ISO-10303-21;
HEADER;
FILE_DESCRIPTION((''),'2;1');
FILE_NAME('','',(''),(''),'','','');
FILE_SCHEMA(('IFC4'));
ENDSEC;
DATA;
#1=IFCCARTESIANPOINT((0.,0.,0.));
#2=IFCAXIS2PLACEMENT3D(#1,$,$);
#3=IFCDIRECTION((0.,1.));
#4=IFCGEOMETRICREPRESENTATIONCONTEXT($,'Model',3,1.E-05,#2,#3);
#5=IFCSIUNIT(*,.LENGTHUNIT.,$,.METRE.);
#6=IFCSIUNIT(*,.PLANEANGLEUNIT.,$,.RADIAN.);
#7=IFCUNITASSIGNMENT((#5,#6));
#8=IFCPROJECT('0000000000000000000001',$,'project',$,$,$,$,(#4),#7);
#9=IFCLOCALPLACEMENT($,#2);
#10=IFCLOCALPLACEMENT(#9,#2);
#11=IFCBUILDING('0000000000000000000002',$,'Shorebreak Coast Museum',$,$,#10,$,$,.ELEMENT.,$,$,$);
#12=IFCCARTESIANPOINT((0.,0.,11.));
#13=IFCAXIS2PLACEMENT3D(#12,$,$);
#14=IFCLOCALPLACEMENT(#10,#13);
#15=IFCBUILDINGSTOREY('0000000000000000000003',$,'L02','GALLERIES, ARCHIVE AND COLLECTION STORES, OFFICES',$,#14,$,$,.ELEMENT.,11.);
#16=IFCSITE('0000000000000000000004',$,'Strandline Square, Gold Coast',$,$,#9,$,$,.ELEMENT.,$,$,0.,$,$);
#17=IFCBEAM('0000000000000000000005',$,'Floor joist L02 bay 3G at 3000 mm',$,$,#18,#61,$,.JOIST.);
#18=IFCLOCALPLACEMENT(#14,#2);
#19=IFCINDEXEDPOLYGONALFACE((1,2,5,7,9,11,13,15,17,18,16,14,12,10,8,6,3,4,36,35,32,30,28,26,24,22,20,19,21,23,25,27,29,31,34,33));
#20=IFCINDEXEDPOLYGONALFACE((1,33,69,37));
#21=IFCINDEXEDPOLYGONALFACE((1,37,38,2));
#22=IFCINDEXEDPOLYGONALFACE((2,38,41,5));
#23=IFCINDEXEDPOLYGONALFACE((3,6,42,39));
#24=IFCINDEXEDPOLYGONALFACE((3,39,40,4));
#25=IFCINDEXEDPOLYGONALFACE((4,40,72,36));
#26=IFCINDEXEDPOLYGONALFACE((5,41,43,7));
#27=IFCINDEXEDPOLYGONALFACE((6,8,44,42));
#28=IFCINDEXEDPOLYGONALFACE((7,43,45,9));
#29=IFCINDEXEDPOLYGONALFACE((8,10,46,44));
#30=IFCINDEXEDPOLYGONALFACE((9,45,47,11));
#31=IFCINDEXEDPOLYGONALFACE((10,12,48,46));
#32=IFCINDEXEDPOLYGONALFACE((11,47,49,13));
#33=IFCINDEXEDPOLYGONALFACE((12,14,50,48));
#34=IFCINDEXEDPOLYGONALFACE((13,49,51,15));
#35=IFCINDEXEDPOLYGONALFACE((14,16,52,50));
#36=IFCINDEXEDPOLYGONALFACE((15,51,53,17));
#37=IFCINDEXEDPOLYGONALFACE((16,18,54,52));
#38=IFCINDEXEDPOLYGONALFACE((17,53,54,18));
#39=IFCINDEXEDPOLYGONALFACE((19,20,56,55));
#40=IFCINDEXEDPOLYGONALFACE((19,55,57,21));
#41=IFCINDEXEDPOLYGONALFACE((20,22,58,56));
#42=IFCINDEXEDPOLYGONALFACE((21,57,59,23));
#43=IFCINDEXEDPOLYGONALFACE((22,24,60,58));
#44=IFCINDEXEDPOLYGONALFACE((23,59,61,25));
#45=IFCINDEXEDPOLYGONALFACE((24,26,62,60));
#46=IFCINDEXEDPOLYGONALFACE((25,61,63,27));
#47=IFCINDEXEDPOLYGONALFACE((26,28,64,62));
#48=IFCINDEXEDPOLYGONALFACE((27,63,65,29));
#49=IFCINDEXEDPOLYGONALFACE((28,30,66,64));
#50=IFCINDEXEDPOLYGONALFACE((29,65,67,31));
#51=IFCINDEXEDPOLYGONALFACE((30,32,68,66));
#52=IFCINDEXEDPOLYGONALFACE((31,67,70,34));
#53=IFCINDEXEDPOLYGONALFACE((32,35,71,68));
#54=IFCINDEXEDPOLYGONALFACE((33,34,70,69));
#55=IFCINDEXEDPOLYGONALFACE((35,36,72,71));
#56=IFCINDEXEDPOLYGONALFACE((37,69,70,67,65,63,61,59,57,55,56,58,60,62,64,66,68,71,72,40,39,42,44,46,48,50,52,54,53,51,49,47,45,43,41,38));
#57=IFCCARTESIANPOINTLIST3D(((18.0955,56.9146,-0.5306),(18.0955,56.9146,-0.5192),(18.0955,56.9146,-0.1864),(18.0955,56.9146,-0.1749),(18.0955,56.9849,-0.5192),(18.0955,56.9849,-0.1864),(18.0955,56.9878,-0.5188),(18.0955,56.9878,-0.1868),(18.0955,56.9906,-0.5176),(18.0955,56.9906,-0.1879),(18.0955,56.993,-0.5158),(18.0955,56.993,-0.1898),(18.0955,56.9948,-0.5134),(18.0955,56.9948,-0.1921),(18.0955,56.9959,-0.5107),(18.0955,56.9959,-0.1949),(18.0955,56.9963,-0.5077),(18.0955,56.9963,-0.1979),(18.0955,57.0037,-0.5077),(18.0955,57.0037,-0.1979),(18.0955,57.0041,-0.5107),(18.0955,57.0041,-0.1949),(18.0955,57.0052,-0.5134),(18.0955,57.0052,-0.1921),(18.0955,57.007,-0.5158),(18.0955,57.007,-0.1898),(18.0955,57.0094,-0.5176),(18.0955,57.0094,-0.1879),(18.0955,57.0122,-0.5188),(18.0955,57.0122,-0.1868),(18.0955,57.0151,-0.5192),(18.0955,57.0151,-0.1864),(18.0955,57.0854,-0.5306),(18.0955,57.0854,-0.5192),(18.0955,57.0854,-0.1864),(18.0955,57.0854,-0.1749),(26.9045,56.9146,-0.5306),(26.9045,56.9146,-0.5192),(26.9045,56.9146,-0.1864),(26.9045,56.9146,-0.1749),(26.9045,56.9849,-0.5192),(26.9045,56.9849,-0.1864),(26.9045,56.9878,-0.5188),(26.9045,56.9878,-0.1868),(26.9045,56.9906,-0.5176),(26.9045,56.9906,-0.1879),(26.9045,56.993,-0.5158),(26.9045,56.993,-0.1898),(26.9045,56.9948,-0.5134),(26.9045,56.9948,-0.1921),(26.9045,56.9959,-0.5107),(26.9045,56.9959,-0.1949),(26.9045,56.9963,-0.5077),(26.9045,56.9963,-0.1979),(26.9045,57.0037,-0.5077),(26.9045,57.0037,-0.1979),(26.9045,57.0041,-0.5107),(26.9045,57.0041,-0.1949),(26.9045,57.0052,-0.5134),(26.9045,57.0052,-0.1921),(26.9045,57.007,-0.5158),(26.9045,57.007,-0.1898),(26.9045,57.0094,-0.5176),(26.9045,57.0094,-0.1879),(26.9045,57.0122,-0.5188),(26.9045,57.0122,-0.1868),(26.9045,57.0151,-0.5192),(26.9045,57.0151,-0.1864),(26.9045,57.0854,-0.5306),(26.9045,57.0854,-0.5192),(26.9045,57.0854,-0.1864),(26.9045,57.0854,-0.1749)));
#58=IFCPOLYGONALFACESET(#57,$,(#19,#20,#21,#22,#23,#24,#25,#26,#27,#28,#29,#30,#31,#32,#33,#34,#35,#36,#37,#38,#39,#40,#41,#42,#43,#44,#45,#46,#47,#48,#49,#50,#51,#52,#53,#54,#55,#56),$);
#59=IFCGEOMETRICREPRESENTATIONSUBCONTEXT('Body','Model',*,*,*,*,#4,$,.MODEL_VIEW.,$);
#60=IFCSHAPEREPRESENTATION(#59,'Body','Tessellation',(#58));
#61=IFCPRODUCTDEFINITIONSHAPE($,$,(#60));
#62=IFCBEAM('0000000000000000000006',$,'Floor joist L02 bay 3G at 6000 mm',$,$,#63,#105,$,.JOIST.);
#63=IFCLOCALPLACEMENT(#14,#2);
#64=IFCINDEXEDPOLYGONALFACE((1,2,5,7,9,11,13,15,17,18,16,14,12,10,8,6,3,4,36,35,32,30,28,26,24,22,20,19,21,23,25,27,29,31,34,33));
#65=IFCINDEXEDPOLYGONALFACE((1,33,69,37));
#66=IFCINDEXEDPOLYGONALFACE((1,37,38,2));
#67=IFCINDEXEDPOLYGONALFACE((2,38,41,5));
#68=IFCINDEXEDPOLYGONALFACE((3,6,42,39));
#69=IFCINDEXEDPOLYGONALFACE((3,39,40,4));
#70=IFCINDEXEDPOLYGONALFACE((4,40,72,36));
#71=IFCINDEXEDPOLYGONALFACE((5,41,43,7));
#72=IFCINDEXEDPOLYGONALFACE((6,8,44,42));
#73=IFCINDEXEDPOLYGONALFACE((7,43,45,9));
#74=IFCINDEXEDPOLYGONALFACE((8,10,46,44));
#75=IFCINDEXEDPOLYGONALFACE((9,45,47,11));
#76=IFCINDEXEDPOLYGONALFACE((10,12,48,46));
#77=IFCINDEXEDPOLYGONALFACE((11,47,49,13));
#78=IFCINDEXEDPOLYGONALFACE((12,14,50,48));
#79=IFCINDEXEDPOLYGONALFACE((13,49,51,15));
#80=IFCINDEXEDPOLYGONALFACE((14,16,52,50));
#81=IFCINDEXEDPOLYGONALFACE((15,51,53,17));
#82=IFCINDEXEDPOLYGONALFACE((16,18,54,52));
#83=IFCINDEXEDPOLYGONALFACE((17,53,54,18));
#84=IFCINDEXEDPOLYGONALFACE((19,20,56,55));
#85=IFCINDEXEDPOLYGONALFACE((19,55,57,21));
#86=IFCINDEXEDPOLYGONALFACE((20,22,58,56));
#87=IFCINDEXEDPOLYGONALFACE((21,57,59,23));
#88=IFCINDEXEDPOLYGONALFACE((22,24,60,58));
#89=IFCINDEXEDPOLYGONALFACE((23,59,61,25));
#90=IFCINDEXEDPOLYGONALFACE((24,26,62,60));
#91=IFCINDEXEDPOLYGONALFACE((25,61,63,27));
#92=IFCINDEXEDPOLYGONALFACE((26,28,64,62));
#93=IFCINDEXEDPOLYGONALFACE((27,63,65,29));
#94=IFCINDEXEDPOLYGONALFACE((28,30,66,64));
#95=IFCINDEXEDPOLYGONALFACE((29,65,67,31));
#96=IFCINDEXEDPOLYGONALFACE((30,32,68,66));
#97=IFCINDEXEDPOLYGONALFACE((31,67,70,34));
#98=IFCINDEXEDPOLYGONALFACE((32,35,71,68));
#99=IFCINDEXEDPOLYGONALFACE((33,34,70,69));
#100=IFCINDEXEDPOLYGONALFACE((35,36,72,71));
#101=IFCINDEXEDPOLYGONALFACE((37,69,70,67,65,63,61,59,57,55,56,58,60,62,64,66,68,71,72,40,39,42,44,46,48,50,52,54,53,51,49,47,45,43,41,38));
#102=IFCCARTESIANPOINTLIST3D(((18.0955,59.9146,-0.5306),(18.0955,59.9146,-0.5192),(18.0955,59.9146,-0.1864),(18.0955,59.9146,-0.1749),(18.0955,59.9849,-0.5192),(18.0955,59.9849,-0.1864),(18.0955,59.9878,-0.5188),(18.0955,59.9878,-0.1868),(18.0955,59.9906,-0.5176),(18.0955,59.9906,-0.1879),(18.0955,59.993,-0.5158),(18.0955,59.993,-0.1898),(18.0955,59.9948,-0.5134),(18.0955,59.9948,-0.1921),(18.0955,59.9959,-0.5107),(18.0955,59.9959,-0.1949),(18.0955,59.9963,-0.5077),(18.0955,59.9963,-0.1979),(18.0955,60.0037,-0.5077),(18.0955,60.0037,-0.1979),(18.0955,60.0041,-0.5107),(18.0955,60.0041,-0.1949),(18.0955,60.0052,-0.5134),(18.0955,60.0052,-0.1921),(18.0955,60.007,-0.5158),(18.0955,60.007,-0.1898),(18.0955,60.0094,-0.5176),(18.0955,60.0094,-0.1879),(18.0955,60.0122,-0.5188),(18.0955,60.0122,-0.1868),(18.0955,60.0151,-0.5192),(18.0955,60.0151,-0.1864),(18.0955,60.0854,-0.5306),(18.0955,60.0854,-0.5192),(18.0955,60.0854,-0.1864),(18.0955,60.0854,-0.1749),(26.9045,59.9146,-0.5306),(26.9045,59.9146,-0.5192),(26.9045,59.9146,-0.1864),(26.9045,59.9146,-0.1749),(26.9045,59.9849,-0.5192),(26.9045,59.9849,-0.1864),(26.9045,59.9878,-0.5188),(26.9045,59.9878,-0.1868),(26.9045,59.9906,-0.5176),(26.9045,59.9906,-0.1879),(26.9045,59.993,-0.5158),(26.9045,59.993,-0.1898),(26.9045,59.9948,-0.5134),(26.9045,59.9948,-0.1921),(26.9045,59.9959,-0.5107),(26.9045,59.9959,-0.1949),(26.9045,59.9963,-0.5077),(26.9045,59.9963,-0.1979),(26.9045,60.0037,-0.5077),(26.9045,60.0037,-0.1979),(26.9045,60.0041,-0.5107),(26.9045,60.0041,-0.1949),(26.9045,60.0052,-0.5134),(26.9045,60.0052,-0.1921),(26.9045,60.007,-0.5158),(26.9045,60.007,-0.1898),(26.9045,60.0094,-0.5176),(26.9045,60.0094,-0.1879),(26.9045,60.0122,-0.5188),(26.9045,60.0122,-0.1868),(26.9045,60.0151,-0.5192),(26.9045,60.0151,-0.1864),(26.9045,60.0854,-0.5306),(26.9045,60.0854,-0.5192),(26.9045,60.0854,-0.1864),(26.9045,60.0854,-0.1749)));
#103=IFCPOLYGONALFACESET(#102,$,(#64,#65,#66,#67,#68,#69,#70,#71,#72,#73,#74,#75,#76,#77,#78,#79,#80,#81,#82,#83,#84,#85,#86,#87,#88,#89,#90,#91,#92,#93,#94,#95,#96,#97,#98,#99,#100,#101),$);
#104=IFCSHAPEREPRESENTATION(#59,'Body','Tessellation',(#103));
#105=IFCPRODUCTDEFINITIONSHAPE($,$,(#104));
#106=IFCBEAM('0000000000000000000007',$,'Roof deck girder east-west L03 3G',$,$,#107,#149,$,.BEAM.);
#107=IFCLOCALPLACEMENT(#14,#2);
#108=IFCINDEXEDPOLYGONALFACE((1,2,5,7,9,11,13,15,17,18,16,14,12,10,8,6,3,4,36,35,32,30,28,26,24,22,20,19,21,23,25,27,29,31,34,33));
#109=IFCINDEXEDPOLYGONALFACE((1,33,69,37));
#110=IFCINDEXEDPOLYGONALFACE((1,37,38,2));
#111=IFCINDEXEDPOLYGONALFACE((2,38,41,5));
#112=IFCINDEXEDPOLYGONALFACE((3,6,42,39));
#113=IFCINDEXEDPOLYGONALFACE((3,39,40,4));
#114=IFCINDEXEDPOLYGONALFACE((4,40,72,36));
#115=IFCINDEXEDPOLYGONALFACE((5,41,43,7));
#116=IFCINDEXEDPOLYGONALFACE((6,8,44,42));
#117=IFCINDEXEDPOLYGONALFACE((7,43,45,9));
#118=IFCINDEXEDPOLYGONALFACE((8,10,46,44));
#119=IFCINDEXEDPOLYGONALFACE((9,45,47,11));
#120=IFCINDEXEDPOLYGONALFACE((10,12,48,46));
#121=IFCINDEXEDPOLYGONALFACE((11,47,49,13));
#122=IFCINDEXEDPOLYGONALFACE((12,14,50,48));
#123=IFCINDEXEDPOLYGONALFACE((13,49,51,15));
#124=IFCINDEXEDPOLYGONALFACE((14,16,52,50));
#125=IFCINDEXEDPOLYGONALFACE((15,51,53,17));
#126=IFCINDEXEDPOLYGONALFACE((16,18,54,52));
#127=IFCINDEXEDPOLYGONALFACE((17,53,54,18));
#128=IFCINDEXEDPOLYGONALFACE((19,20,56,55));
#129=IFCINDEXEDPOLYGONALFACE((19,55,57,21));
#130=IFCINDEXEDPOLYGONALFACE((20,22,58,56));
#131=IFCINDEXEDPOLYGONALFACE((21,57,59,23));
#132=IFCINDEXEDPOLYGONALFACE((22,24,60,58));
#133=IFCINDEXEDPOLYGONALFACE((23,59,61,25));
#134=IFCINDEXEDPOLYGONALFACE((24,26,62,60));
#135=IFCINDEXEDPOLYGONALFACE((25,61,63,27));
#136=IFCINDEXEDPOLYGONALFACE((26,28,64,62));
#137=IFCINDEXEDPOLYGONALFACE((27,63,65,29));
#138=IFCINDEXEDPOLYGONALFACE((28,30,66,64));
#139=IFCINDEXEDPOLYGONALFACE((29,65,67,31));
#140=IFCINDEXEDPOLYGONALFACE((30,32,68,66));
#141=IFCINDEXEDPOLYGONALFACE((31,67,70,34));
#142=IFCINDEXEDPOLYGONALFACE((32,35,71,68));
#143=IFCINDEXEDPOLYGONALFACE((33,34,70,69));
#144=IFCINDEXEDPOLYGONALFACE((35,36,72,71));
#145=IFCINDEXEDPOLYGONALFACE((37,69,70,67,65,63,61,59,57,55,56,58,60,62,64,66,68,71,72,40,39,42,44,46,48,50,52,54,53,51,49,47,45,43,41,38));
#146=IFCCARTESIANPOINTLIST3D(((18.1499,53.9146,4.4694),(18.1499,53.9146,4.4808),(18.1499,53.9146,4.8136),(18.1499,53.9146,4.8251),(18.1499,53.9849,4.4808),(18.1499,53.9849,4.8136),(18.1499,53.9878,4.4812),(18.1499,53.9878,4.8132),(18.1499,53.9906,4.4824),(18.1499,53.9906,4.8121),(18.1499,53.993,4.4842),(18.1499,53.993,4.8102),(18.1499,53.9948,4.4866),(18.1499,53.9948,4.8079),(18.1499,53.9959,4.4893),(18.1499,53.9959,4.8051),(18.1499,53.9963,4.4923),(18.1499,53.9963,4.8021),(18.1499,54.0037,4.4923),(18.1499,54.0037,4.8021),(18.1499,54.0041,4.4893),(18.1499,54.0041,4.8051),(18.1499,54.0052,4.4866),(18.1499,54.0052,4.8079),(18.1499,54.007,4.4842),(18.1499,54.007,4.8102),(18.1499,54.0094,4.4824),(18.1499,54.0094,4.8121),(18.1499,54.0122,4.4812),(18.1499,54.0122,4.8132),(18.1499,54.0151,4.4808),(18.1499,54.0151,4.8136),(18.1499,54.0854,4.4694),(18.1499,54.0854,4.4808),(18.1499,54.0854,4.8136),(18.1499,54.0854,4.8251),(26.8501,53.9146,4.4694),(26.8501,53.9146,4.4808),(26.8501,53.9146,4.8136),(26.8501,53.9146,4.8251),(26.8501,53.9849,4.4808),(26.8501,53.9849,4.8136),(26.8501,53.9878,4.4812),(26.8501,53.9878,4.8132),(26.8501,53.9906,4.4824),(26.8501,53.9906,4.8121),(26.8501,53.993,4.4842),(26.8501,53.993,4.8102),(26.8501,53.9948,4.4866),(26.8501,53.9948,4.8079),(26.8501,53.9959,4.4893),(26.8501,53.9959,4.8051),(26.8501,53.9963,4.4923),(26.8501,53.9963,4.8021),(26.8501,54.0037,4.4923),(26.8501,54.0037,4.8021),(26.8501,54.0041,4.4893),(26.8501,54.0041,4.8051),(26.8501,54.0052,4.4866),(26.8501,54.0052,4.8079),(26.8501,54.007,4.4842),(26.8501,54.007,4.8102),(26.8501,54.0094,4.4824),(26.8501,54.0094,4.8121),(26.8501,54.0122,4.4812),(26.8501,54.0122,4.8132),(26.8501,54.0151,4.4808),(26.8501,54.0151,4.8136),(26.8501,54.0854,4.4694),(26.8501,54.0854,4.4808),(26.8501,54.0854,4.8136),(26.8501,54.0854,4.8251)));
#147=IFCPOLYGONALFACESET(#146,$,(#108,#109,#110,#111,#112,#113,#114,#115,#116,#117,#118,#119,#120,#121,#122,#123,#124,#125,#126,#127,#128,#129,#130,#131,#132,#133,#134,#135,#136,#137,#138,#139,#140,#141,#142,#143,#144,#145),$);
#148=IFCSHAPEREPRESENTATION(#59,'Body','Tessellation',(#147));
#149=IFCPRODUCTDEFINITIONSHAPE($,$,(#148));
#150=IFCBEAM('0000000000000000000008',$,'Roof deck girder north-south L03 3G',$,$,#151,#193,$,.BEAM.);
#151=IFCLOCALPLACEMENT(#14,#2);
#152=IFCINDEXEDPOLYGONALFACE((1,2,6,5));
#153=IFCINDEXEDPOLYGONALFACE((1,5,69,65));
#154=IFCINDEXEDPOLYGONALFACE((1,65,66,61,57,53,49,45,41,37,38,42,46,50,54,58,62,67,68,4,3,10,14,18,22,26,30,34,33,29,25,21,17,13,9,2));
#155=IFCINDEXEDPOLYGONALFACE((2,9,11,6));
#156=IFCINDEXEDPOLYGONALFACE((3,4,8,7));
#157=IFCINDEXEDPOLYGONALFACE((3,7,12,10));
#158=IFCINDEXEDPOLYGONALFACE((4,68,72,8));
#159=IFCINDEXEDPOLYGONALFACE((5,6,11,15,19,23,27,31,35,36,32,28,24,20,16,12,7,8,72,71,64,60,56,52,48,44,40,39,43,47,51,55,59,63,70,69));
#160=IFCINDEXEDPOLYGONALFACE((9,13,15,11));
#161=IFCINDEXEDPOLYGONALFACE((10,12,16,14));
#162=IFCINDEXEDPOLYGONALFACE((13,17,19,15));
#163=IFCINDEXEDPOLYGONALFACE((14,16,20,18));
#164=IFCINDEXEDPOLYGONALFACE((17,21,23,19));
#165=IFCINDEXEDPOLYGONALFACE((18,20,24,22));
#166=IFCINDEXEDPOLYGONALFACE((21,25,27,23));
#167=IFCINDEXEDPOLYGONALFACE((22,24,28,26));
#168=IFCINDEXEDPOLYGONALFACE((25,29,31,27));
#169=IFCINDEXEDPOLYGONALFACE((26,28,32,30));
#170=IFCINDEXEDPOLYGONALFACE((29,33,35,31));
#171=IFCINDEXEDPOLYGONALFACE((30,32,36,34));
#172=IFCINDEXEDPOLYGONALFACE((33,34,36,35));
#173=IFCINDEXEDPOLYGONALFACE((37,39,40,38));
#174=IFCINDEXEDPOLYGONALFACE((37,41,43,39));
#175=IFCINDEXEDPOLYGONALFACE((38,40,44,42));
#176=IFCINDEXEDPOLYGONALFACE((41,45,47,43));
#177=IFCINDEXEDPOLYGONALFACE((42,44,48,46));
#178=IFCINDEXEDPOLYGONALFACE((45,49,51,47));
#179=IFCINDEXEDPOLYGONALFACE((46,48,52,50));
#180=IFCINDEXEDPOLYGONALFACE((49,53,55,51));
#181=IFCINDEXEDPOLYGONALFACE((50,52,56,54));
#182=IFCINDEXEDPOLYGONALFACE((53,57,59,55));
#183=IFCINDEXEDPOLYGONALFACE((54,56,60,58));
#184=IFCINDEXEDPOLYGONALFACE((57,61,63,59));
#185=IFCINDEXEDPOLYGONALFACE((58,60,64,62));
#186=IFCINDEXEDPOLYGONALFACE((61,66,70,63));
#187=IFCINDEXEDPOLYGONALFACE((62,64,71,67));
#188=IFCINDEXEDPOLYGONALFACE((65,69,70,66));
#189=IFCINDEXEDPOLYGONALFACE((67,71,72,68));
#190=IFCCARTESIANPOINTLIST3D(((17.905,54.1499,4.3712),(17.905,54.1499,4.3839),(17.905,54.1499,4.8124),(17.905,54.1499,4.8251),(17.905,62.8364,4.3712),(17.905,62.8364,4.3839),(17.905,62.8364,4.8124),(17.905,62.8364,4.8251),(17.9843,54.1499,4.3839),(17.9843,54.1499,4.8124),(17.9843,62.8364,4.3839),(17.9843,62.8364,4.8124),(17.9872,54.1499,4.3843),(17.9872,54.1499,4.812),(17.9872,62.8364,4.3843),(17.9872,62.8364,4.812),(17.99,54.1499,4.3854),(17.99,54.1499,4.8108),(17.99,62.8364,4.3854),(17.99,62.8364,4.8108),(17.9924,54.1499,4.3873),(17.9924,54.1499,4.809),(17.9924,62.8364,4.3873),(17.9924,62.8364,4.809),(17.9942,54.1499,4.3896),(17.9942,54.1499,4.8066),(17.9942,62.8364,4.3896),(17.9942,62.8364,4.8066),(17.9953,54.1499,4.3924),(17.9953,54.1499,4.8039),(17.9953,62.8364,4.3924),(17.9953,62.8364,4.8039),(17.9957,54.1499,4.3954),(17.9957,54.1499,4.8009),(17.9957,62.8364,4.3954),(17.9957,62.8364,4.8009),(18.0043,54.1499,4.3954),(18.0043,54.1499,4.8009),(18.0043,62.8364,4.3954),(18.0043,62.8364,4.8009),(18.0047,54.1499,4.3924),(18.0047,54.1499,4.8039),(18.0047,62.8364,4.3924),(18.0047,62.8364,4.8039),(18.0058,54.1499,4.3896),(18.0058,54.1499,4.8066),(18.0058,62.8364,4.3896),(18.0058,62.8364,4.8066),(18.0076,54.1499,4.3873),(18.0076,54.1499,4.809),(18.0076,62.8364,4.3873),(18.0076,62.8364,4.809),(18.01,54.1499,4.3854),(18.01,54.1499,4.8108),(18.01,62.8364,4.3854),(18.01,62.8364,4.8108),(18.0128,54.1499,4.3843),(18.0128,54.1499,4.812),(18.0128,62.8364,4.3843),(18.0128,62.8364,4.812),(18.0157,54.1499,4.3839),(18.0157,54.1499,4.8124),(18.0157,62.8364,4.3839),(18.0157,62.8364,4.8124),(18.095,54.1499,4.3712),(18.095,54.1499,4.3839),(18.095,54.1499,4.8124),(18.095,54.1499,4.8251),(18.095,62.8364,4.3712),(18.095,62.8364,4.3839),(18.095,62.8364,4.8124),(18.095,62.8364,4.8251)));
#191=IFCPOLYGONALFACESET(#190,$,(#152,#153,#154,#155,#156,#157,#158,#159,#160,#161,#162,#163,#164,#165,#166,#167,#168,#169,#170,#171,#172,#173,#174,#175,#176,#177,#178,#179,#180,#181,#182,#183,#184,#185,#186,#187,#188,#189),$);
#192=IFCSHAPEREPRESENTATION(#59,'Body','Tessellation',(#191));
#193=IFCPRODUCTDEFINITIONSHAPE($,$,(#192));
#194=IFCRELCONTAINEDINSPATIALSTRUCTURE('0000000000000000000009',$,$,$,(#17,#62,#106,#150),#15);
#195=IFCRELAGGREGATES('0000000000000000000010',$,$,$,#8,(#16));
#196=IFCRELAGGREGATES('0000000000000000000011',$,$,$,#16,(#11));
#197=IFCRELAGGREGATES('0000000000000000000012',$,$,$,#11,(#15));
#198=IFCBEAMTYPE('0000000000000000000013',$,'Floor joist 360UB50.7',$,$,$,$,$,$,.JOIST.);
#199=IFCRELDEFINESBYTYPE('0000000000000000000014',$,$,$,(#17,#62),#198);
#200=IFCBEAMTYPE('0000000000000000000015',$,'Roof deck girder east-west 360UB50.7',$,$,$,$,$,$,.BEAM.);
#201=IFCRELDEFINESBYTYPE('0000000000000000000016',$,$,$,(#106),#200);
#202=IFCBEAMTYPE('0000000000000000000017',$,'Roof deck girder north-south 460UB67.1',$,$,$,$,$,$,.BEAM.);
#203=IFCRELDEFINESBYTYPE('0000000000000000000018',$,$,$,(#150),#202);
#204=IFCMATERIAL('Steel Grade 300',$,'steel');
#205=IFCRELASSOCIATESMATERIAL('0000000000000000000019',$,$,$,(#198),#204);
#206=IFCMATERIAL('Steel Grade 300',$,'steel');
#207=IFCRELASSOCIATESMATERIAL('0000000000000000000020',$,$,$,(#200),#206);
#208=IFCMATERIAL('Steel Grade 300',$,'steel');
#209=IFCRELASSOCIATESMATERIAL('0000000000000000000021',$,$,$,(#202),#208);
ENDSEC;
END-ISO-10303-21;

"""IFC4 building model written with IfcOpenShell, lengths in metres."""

from ifc_helpers import new_model, si_unit, direction, frame, origin, origin_2d, place, context, subcontext, project, spatial, i_section, extrude, material, material_profile, profile_set, type_object, element, save


model = new_model("IFC4")

# Units and contexts
model_context = context("Model", 3, precision=1e-05, world=origin(), true_north=direction((0.0, 1.0)))
body_context = subcontext(model_context, "Body", "Model", "MODEL_VIEW")
ifc_project = project(units=[si_unit("LENGTHUNIT", "METRE"), si_unit("PLANEANGLEUNIT", "RADIAN")], contexts=[model_context])

# Site, building, storey
site_placement = place(None, origin())
site = spatial("IfcSite", under=ifc_project, at=site_placement, Name="Strandline Square, Gold Coast", CompositionType="ELEMENT", RefElevation=0.0)
building_placement = place(site_placement, origin())
building = spatial("IfcBuilding", under=site, at=building_placement, Name="Shorebreak Coast Museum", CompositionType="ELEMENT")
storey_placement = place(building_placement, frame((0.0, 0.0, 11.0)))
storey = spatial("IfcBuildingStorey", under=building, at=storey_placement, Name="L02", Description="GALLERIES, ARCHIVE AND COLLECTION STORES, OFFICES", CompositionType="ELEMENT", Elevation=11.0)

# Beams
ifc_material_1 = material(Name="Steel Grade 300", Category="steel")
ifc_material_profile_1 = material_profile(ifc_material_1, i_section(OverallWidth=0.1709, OverallDepth=0.3557, WebThickness=0.0073, FlangeThickness=0.0115, FilletRadius=0.0115, at=origin_2d()), Name="360UB50.7")
ifc_profile_set_1 = profile_set([ifc_material_profile_1], Name="Steel Grade 300")
beam_type_1 = type_object("IfcBeamType", Name="Floor joist 360UB50.7", PredefinedType="JOIST", material=ifc_profile_set_1)
for number, where, z_axis, x_axis, name in (
    (1, (18.0955, 57.0, -0.3528), (1.0, 0.0, 0.0), (0.0, 1.0, 0.0), "Floor joist L02 bay 3G at 3000 mm"),
    (2, (18.0955, 60.0, -0.3528), (1.0, 0.0, 0.0), (0.0, 1.0, 0.0), "Floor joist L02 bay 3G at 6000 mm"),
):
    element("IfcBeam", number, at=place(storey_placement, frame(where, z_axis=z_axis, x_axis=x_axis)), inside=storey, type_object=beam_type_1, Name=name, PredefinedType="JOIST", context=body_context, shape_type="SweptSolid", body=[
        extrude(i_section(OverallWidth=0.1709, OverallDepth=0.3557, WebThickness=0.0073, FlangeThickness=0.0115, FilletRadius=0.0115, at=origin_2d()), origin(), (0.0, 0.0, 1.0), 8.8091),
    ])
ifc_material_2 = material(Name="Steel Grade 300", Category="steel")
ifc_material_profile_2 = material_profile(ifc_material_2, i_section(OverallWidth=0.1709, OverallDepth=0.3557, WebThickness=0.0073, FlangeThickness=0.0115, FilletRadius=0.0115, at=origin_2d()), Name="360UB50.7")
ifc_profile_set_2 = profile_set([ifc_material_profile_2], Name="Steel Grade 300")
beam_type_2 = type_object("IfcBeamType", Name="Roof deck girder east-west 360UB50.7", PredefinedType="BEAM", material=ifc_profile_set_2)
beam_1_placement = place(storey_placement, frame((18.1499, 54.0, 4.6472), z_axis=(1.0, 0.0, 0.0), x_axis=(0.0, 1.0, 0.0)))
element("IfcBeam", 3, at=beam_1_placement, inside=storey, type_object=beam_type_2, Name="Roof deck girder east-west L03 3G", PredefinedType="BEAM", context=body_context, shape_type="SweptSolid", body=[
    extrude(i_section(OverallWidth=0.1709, OverallDepth=0.3557, WebThickness=0.0073, FlangeThickness=0.0115, FilletRadius=0.0115, at=origin_2d()), origin(), (0.0, 0.0, 1.0), 8.7002),
])
ifc_material_3 = material(Name="Steel Grade 300", Category="steel")
ifc_material_profile_3 = material_profile(ifc_material_3, i_section(OverallWidth=0.1899, OverallDepth=0.4539, WebThickness=0.0085, FlangeThickness=0.0127, FilletRadius=0.0115, at=origin_2d()), Name="460UB67.1")
ifc_profile_set_3 = profile_set([ifc_material_profile_3], Name="Steel Grade 300")
beam_type_3 = type_object("IfcBeamType", Name="Roof deck girder north-south 460UB67.1", PredefinedType="BEAM", material=ifc_profile_set_3)
beam_2_placement = place(storey_placement, frame((18.0, 54.1499, 4.5981), z_axis=(0.0, 1.0, 0.0), x_axis=(-1.0, 0.0, 0.0)))
element("IfcBeam", 4, at=beam_2_placement, inside=storey, type_object=beam_type_3, Name="Roof deck girder north-south L03 3G", PredefinedType="BEAM", context=body_context, shape_type="SweptSolid", body=[
    extrude(i_section(OverallWidth=0.1899, OverallDepth=0.4539, WebThickness=0.0085, FlangeThickness=0.0127, FilletRadius=0.0115, at=origin_2d()), origin(), (0.0, 0.0, 1.0), 8.6865),
])

save(model, "model.ifc")
